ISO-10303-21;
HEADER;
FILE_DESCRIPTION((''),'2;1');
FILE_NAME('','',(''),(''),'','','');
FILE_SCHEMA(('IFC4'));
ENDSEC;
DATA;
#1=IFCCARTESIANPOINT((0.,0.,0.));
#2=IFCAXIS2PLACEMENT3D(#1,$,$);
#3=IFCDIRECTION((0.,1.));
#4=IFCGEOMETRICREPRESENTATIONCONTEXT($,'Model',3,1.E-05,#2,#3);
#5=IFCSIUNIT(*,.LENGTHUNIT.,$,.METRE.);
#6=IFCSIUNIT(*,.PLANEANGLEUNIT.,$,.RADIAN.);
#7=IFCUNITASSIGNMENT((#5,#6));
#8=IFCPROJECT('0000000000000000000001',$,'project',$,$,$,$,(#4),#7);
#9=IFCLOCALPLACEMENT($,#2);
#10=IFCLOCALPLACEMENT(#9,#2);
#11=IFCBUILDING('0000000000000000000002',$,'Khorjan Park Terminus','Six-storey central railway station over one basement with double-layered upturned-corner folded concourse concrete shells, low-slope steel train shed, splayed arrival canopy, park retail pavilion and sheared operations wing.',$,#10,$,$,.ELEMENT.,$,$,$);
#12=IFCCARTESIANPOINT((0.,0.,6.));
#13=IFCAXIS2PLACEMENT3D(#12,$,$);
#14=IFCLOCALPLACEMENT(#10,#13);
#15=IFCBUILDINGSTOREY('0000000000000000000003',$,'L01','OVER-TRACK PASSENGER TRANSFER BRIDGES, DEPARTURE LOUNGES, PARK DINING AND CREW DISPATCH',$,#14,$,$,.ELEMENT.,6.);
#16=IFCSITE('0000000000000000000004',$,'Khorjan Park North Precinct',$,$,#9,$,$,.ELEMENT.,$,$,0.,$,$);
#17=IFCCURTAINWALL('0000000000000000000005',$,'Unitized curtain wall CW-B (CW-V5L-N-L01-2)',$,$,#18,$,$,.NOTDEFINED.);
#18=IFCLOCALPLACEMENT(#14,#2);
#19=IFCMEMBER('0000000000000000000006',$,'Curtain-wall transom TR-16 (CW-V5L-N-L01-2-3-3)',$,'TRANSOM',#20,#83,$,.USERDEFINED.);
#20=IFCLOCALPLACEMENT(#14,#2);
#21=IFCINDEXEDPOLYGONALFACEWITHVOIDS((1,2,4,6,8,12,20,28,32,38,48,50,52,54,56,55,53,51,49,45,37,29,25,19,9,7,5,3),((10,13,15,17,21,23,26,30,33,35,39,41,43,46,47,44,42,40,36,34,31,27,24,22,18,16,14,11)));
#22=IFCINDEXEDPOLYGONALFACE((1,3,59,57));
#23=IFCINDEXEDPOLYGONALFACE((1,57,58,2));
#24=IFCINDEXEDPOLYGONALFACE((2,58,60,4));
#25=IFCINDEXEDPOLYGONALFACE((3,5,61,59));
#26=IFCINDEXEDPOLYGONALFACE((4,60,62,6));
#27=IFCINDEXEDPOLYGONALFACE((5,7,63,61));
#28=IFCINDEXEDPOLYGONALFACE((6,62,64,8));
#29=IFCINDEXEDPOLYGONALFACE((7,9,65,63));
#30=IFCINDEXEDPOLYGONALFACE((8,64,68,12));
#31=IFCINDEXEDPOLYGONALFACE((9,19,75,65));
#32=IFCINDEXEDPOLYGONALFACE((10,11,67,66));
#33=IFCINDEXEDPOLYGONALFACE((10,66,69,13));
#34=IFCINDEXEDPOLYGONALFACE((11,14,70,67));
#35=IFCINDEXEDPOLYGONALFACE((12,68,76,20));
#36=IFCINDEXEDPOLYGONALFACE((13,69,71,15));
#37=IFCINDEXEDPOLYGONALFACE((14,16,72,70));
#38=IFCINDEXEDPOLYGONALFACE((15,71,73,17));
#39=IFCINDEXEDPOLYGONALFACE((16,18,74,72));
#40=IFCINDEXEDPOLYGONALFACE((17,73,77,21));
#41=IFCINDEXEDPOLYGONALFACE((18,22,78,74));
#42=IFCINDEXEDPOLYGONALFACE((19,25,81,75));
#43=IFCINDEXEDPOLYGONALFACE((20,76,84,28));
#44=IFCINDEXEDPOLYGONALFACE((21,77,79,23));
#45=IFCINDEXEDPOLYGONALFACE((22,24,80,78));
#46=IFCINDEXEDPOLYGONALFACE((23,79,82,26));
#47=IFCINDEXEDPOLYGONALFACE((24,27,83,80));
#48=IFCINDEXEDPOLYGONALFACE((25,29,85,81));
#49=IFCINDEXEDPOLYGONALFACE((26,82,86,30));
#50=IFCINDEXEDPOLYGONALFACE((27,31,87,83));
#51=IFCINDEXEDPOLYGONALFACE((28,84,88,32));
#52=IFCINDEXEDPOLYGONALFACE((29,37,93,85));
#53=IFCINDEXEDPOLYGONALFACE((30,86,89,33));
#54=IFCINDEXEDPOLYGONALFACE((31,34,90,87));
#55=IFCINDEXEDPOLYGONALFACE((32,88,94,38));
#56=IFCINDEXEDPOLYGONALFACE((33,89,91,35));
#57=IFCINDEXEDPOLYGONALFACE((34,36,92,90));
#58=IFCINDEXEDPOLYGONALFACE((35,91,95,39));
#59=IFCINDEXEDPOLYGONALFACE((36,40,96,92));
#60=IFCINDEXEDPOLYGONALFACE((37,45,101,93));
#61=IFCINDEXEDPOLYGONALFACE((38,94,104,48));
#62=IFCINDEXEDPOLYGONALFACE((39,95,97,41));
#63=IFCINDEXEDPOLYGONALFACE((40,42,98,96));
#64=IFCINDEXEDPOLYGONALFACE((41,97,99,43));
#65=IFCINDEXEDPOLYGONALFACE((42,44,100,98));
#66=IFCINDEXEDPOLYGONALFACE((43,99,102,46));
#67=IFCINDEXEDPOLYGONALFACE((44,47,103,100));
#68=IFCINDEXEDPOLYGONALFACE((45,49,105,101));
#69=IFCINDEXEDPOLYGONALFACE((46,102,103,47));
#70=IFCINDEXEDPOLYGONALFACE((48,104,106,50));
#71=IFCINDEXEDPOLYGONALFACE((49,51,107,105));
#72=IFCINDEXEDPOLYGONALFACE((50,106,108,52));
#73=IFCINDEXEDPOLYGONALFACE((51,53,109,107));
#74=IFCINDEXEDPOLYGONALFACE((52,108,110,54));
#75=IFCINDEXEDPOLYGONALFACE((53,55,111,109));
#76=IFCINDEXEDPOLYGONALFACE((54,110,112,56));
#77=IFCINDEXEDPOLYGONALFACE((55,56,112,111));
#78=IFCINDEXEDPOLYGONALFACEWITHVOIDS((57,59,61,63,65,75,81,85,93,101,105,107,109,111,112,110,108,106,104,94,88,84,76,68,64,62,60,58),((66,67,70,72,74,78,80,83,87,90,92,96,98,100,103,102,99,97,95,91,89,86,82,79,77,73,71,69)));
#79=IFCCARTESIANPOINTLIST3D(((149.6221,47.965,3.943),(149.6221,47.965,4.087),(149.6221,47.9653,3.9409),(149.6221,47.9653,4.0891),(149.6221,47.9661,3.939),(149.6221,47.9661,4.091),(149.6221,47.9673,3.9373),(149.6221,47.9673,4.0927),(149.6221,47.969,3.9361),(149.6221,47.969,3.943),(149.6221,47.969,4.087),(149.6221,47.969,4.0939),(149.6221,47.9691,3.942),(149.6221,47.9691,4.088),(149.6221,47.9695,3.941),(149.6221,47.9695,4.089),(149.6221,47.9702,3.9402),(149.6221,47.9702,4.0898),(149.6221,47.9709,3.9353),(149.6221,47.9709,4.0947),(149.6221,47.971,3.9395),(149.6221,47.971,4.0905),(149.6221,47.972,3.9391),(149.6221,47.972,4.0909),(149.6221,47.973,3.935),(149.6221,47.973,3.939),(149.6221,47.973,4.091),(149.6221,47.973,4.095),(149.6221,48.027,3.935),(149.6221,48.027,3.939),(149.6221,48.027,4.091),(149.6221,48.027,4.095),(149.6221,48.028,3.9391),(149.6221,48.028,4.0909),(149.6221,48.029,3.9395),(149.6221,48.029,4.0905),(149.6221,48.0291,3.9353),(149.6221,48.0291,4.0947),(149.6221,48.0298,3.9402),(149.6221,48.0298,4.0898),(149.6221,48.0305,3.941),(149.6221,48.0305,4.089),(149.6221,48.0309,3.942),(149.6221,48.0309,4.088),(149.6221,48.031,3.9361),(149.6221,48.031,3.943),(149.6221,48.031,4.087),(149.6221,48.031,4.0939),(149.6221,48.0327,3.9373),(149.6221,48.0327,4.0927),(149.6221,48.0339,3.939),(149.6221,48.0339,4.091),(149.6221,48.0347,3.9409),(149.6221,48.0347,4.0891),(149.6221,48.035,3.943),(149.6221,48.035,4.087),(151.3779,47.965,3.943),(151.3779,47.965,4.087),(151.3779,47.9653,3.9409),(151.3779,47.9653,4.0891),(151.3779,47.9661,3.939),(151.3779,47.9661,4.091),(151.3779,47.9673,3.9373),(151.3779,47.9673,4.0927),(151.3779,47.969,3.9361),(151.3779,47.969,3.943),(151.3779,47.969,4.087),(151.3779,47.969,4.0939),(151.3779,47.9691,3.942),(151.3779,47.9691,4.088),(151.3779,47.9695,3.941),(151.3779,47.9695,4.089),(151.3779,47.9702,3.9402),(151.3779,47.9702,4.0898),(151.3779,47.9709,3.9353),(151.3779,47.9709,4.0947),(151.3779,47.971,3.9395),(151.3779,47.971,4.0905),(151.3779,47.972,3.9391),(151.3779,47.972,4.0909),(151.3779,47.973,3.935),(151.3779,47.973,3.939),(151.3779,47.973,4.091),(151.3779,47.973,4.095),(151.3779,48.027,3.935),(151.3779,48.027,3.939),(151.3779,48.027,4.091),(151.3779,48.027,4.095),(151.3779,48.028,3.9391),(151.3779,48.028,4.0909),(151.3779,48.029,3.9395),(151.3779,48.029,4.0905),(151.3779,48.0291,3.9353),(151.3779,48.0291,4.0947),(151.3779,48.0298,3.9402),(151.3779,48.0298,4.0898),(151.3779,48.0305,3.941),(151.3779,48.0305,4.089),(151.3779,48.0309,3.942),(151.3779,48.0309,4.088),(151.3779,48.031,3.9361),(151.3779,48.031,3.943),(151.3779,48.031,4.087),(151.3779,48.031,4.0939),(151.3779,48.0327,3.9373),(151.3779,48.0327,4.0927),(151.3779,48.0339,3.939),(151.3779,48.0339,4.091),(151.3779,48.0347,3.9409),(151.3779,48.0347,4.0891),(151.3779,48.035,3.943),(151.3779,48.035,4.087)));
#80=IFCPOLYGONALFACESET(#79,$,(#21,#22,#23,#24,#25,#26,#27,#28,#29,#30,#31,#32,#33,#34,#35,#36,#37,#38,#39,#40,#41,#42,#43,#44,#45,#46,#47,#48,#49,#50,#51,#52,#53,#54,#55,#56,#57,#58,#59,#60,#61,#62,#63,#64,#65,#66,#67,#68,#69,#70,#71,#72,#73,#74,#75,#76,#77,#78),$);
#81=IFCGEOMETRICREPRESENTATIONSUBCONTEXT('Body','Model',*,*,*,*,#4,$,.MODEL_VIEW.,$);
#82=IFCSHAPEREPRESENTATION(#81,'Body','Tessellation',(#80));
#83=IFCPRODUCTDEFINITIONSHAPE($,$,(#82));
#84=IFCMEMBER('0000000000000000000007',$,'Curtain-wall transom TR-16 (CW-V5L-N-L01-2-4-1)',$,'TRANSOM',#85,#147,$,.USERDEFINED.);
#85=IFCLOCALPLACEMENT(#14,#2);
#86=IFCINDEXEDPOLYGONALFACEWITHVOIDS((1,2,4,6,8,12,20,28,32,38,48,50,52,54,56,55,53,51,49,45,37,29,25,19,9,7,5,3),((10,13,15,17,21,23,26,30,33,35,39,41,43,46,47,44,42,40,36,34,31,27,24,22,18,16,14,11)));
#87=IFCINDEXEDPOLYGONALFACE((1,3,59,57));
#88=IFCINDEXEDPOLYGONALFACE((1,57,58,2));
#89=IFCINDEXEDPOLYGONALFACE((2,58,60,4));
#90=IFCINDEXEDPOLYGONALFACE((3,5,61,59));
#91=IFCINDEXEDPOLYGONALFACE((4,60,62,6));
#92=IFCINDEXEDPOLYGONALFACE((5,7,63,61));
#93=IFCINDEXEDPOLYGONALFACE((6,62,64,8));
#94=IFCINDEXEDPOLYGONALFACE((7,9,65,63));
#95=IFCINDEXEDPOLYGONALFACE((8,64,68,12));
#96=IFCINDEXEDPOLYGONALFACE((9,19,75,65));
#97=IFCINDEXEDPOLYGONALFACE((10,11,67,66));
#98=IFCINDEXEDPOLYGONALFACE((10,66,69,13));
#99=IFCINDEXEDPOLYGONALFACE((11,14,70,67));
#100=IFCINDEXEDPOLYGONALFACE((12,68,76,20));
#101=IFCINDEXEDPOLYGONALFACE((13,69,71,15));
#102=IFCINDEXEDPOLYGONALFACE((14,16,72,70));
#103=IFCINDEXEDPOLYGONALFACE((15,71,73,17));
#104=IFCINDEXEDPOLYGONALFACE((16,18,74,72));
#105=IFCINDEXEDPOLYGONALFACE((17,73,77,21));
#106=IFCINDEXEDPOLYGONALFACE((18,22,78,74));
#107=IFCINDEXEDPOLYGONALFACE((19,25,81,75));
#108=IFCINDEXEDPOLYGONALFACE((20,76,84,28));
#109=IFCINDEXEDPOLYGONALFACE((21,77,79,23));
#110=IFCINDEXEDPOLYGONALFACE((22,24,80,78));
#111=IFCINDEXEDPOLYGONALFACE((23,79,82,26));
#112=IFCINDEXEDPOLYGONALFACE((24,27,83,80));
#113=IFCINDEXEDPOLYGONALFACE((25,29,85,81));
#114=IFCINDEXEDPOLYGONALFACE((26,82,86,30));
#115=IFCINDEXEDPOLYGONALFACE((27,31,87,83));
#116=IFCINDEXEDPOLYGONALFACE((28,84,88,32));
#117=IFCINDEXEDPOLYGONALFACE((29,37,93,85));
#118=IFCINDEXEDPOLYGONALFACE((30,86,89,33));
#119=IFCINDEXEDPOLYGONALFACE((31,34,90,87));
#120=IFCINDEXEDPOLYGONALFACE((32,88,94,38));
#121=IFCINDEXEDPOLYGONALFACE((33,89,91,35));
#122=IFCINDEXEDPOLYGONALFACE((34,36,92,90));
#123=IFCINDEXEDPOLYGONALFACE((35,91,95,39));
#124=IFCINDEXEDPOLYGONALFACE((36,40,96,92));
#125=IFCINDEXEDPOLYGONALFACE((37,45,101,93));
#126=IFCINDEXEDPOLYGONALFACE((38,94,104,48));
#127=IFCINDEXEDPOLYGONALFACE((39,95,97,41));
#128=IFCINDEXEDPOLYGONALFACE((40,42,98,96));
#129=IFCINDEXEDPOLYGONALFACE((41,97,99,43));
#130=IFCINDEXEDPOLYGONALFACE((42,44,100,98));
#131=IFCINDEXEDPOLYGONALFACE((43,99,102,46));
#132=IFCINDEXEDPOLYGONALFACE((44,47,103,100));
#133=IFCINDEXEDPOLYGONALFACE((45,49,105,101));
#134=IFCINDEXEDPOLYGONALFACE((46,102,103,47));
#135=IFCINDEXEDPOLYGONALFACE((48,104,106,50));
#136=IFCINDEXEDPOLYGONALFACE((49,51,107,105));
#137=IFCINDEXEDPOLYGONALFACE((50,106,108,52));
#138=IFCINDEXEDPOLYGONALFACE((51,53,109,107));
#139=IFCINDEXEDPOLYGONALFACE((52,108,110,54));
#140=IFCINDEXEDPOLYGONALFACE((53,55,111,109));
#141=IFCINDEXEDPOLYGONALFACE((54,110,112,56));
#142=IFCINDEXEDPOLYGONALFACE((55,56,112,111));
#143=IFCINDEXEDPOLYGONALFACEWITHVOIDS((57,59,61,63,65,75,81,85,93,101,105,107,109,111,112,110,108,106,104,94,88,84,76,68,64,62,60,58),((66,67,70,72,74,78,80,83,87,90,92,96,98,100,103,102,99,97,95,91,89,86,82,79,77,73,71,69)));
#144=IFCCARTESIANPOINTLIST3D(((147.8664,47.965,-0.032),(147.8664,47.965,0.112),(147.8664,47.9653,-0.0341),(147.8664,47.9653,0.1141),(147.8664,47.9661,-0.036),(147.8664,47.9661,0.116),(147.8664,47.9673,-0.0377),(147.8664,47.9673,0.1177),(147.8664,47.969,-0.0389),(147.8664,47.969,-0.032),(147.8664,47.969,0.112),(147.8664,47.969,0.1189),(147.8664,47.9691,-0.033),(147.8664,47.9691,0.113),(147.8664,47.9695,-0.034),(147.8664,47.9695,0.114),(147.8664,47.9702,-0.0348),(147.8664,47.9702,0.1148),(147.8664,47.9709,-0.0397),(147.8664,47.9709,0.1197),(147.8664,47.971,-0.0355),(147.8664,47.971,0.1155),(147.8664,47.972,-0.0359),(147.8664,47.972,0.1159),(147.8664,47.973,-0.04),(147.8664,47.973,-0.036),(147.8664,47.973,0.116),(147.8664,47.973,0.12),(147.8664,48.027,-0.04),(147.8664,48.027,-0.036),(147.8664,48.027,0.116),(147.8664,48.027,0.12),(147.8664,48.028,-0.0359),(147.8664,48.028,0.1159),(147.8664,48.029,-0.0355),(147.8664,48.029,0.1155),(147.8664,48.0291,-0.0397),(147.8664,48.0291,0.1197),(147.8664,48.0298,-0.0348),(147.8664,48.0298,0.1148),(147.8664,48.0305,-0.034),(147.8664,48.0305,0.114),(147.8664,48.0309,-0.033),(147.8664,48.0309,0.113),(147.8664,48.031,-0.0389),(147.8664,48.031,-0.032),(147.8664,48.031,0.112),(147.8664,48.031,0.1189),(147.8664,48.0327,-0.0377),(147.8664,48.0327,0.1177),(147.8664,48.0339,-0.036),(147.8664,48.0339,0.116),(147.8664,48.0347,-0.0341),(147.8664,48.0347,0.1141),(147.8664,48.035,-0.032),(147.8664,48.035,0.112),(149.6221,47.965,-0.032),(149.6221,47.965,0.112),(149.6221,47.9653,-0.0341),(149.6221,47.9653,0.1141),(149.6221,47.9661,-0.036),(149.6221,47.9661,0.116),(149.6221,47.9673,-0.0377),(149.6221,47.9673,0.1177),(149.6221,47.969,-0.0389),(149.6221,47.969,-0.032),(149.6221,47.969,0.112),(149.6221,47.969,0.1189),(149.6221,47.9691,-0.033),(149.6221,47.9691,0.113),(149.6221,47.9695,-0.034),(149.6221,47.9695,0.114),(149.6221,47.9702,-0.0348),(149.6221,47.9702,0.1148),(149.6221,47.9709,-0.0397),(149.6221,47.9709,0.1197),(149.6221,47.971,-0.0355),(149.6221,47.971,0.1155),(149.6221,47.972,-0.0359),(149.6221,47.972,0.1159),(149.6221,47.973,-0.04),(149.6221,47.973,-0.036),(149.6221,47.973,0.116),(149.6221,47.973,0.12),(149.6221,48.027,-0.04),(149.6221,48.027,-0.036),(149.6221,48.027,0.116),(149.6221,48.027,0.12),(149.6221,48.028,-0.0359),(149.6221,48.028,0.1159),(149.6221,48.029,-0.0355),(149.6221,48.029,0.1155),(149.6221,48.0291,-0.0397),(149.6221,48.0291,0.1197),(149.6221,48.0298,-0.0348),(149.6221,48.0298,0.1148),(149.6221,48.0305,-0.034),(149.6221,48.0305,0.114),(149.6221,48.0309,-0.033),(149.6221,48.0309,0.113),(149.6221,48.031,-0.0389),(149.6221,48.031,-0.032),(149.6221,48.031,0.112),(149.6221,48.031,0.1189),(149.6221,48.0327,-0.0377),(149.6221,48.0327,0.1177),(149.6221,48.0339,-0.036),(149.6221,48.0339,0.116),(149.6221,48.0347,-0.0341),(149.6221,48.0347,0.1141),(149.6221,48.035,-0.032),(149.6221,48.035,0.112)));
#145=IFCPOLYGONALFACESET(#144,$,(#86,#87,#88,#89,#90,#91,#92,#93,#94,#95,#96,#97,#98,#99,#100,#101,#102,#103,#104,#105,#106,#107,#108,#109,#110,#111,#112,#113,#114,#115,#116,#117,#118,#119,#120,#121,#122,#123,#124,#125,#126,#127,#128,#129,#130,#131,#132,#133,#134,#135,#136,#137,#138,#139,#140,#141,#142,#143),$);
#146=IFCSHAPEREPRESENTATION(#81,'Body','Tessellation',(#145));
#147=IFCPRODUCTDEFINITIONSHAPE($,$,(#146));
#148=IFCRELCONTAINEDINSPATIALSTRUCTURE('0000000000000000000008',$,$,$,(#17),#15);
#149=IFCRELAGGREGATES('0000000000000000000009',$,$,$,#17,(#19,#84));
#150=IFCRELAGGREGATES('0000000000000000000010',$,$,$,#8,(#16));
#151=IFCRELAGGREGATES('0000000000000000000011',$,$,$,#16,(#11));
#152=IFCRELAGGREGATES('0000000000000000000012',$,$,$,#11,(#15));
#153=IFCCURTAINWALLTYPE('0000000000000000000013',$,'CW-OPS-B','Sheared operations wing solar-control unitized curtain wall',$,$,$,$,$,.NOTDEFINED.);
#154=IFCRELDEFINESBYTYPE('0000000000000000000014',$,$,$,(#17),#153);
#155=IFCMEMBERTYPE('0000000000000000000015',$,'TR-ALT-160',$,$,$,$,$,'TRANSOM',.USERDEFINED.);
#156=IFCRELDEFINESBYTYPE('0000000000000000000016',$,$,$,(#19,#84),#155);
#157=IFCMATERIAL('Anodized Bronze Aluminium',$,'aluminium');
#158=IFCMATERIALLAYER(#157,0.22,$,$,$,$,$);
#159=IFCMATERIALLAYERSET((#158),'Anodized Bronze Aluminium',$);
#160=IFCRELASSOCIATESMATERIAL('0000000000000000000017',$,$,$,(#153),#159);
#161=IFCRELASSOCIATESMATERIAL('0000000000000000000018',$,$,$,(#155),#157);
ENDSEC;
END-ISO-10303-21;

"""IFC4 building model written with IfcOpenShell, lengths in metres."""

from ifc_helpers import new_model, si_unit, direction, frame, origin, origin_2d, place, context, subcontext, project, spatial, hollow_rectangle, extrude, material, layer, layer_set, material_profile, profile_set, type_object, element, aggregate, save


model = new_model("IFC4")

# Units and contexts
model_context = context("Model", 3, precision=1e-05, world=origin(), true_north=direction((0.0, 1.0)))
body_context = subcontext(model_context, "Body", "Model", "MODEL_VIEW")
ifc_project = project(units=[si_unit("LENGTHUNIT", "METRE"), si_unit("PLANEANGLEUNIT", "RADIAN")], contexts=[model_context])

# Site, building, storey
site_placement = place(None, origin())
site = spatial("IfcSite", under=ifc_project, at=site_placement, Name="Khorjan Park North Precinct", CompositionType="ELEMENT", RefElevation=0.0)
building_placement = place(site_placement, origin())
building = spatial("IfcBuilding", under=site, at=building_placement, Name="Khorjan Park Terminus", Description="Six-storey central railway station over one basement with double-layered upturned-corner folded concourse concrete shells, low-slope steel train shed, splayed arrival canopy, park retail pavilion and sheared operations wing.", CompositionType="ELEMENT")
storey_placement = place(building_placement, frame((0.0, 0.0, 6.0)))
storey = spatial("IfcBuildingStorey", under=building, at=storey_placement, Name="L01", Description="OVER-TRACK PASSENGER TRANSFER BRIDGES, DEPARTURE LOUNGES, PARK DINING AND CREW DISPATCH", CompositionType="ELEMENT", Elevation=6.0)

# Curtain wall, members
ifc_material_1 = material(Name="Anodized Bronze Aluminium", Category="aluminium")
ifc_layer_1 = layer(ifc_material_1, 0.22)
ifc_layer_set_1 = layer_set([ifc_layer_1], Name="Anodized Bronze Aluminium")
curtain_wall_type = type_object("IfcCurtainWallType", Name="CW-OPS-B", Description="Sheared operations wing solar-control unitized curtain wall", PredefinedType="NOTDEFINED", material=ifc_layer_set_1)
curtain_wall_placement = place(storey_placement, origin())
curtain_wall = element("IfcCurtainWall", 1, at=curtain_wall_placement, inside=storey, type_object=curtain_wall_type, Name="Unitized curtain wall CW-B (CW-V5L-N-L01-2)", PredefinedType="NOTDEFINED")
ifc_material_profile_1 = material_profile(ifc_material_1, hollow_rectangle(XDim=0.07, YDim=0.16, WallThickness=0.004, InnerFilletRadius=0.004, OuterFilletRadius=0.008, at=origin_2d()), Name="ALT 70x160x4")
ifc_profile_set_1 = profile_set([ifc_material_profile_1], Name="Anodized Bronze Aluminium")
member_type_1 = type_object("IfcMemberType", Name="TR-ALT-160", ElementType="TRANSOM", PredefinedType="USERDEFINED", material=ifc_profile_set_1)
member_1_placement = place(storey_placement, frame((151.3779, 48.0, 4.015), z_axis=(-1.0, 0.0, 0.0), x_axis=(0.0, -1.0, 0.0)))
member_1 = element("IfcMember", 2, at=member_1_placement, type_object=member_type_1, Name="Curtain-wall transom TR-16 (CW-V5L-N-L01-2-3-3)", ObjectType="TRANSOM", PredefinedType="USERDEFINED", context=body_context, shape_type="SweptSolid", body=[
    extrude(hollow_rectangle(XDim=0.07, YDim=0.16, WallThickness=0.004, InnerFilletRadius=0.004, OuterFilletRadius=0.008, at=origin_2d()), origin(), (0.0, 0.0, 1.0), 1.7558),
])
member_2_placement = place(storey_placement, frame((149.6221, 48.0, 0.04), z_axis=(-1.0, 0.0, 0.0), x_axis=(0.0, -1.0, 0.0)))
member_2 = element("IfcMember", 3, at=member_2_placement, type_object=member_type_1, Name="Curtain-wall transom TR-16 (CW-V5L-N-L01-2-4-1)", ObjectType="TRANSOM", PredefinedType="USERDEFINED", context=body_context, shape_type="SweptSolid", body=[
    extrude(hollow_rectangle(XDim=0.07, YDim=0.16, WallThickness=0.004, InnerFilletRadius=0.004, OuterFilletRadius=0.008, at=origin_2d()), origin(), (0.0, 0.0, 1.0), 1.7557),
])
aggregate(curtain_wall, [member_1, member_2])

save(model, "model.ifc")
